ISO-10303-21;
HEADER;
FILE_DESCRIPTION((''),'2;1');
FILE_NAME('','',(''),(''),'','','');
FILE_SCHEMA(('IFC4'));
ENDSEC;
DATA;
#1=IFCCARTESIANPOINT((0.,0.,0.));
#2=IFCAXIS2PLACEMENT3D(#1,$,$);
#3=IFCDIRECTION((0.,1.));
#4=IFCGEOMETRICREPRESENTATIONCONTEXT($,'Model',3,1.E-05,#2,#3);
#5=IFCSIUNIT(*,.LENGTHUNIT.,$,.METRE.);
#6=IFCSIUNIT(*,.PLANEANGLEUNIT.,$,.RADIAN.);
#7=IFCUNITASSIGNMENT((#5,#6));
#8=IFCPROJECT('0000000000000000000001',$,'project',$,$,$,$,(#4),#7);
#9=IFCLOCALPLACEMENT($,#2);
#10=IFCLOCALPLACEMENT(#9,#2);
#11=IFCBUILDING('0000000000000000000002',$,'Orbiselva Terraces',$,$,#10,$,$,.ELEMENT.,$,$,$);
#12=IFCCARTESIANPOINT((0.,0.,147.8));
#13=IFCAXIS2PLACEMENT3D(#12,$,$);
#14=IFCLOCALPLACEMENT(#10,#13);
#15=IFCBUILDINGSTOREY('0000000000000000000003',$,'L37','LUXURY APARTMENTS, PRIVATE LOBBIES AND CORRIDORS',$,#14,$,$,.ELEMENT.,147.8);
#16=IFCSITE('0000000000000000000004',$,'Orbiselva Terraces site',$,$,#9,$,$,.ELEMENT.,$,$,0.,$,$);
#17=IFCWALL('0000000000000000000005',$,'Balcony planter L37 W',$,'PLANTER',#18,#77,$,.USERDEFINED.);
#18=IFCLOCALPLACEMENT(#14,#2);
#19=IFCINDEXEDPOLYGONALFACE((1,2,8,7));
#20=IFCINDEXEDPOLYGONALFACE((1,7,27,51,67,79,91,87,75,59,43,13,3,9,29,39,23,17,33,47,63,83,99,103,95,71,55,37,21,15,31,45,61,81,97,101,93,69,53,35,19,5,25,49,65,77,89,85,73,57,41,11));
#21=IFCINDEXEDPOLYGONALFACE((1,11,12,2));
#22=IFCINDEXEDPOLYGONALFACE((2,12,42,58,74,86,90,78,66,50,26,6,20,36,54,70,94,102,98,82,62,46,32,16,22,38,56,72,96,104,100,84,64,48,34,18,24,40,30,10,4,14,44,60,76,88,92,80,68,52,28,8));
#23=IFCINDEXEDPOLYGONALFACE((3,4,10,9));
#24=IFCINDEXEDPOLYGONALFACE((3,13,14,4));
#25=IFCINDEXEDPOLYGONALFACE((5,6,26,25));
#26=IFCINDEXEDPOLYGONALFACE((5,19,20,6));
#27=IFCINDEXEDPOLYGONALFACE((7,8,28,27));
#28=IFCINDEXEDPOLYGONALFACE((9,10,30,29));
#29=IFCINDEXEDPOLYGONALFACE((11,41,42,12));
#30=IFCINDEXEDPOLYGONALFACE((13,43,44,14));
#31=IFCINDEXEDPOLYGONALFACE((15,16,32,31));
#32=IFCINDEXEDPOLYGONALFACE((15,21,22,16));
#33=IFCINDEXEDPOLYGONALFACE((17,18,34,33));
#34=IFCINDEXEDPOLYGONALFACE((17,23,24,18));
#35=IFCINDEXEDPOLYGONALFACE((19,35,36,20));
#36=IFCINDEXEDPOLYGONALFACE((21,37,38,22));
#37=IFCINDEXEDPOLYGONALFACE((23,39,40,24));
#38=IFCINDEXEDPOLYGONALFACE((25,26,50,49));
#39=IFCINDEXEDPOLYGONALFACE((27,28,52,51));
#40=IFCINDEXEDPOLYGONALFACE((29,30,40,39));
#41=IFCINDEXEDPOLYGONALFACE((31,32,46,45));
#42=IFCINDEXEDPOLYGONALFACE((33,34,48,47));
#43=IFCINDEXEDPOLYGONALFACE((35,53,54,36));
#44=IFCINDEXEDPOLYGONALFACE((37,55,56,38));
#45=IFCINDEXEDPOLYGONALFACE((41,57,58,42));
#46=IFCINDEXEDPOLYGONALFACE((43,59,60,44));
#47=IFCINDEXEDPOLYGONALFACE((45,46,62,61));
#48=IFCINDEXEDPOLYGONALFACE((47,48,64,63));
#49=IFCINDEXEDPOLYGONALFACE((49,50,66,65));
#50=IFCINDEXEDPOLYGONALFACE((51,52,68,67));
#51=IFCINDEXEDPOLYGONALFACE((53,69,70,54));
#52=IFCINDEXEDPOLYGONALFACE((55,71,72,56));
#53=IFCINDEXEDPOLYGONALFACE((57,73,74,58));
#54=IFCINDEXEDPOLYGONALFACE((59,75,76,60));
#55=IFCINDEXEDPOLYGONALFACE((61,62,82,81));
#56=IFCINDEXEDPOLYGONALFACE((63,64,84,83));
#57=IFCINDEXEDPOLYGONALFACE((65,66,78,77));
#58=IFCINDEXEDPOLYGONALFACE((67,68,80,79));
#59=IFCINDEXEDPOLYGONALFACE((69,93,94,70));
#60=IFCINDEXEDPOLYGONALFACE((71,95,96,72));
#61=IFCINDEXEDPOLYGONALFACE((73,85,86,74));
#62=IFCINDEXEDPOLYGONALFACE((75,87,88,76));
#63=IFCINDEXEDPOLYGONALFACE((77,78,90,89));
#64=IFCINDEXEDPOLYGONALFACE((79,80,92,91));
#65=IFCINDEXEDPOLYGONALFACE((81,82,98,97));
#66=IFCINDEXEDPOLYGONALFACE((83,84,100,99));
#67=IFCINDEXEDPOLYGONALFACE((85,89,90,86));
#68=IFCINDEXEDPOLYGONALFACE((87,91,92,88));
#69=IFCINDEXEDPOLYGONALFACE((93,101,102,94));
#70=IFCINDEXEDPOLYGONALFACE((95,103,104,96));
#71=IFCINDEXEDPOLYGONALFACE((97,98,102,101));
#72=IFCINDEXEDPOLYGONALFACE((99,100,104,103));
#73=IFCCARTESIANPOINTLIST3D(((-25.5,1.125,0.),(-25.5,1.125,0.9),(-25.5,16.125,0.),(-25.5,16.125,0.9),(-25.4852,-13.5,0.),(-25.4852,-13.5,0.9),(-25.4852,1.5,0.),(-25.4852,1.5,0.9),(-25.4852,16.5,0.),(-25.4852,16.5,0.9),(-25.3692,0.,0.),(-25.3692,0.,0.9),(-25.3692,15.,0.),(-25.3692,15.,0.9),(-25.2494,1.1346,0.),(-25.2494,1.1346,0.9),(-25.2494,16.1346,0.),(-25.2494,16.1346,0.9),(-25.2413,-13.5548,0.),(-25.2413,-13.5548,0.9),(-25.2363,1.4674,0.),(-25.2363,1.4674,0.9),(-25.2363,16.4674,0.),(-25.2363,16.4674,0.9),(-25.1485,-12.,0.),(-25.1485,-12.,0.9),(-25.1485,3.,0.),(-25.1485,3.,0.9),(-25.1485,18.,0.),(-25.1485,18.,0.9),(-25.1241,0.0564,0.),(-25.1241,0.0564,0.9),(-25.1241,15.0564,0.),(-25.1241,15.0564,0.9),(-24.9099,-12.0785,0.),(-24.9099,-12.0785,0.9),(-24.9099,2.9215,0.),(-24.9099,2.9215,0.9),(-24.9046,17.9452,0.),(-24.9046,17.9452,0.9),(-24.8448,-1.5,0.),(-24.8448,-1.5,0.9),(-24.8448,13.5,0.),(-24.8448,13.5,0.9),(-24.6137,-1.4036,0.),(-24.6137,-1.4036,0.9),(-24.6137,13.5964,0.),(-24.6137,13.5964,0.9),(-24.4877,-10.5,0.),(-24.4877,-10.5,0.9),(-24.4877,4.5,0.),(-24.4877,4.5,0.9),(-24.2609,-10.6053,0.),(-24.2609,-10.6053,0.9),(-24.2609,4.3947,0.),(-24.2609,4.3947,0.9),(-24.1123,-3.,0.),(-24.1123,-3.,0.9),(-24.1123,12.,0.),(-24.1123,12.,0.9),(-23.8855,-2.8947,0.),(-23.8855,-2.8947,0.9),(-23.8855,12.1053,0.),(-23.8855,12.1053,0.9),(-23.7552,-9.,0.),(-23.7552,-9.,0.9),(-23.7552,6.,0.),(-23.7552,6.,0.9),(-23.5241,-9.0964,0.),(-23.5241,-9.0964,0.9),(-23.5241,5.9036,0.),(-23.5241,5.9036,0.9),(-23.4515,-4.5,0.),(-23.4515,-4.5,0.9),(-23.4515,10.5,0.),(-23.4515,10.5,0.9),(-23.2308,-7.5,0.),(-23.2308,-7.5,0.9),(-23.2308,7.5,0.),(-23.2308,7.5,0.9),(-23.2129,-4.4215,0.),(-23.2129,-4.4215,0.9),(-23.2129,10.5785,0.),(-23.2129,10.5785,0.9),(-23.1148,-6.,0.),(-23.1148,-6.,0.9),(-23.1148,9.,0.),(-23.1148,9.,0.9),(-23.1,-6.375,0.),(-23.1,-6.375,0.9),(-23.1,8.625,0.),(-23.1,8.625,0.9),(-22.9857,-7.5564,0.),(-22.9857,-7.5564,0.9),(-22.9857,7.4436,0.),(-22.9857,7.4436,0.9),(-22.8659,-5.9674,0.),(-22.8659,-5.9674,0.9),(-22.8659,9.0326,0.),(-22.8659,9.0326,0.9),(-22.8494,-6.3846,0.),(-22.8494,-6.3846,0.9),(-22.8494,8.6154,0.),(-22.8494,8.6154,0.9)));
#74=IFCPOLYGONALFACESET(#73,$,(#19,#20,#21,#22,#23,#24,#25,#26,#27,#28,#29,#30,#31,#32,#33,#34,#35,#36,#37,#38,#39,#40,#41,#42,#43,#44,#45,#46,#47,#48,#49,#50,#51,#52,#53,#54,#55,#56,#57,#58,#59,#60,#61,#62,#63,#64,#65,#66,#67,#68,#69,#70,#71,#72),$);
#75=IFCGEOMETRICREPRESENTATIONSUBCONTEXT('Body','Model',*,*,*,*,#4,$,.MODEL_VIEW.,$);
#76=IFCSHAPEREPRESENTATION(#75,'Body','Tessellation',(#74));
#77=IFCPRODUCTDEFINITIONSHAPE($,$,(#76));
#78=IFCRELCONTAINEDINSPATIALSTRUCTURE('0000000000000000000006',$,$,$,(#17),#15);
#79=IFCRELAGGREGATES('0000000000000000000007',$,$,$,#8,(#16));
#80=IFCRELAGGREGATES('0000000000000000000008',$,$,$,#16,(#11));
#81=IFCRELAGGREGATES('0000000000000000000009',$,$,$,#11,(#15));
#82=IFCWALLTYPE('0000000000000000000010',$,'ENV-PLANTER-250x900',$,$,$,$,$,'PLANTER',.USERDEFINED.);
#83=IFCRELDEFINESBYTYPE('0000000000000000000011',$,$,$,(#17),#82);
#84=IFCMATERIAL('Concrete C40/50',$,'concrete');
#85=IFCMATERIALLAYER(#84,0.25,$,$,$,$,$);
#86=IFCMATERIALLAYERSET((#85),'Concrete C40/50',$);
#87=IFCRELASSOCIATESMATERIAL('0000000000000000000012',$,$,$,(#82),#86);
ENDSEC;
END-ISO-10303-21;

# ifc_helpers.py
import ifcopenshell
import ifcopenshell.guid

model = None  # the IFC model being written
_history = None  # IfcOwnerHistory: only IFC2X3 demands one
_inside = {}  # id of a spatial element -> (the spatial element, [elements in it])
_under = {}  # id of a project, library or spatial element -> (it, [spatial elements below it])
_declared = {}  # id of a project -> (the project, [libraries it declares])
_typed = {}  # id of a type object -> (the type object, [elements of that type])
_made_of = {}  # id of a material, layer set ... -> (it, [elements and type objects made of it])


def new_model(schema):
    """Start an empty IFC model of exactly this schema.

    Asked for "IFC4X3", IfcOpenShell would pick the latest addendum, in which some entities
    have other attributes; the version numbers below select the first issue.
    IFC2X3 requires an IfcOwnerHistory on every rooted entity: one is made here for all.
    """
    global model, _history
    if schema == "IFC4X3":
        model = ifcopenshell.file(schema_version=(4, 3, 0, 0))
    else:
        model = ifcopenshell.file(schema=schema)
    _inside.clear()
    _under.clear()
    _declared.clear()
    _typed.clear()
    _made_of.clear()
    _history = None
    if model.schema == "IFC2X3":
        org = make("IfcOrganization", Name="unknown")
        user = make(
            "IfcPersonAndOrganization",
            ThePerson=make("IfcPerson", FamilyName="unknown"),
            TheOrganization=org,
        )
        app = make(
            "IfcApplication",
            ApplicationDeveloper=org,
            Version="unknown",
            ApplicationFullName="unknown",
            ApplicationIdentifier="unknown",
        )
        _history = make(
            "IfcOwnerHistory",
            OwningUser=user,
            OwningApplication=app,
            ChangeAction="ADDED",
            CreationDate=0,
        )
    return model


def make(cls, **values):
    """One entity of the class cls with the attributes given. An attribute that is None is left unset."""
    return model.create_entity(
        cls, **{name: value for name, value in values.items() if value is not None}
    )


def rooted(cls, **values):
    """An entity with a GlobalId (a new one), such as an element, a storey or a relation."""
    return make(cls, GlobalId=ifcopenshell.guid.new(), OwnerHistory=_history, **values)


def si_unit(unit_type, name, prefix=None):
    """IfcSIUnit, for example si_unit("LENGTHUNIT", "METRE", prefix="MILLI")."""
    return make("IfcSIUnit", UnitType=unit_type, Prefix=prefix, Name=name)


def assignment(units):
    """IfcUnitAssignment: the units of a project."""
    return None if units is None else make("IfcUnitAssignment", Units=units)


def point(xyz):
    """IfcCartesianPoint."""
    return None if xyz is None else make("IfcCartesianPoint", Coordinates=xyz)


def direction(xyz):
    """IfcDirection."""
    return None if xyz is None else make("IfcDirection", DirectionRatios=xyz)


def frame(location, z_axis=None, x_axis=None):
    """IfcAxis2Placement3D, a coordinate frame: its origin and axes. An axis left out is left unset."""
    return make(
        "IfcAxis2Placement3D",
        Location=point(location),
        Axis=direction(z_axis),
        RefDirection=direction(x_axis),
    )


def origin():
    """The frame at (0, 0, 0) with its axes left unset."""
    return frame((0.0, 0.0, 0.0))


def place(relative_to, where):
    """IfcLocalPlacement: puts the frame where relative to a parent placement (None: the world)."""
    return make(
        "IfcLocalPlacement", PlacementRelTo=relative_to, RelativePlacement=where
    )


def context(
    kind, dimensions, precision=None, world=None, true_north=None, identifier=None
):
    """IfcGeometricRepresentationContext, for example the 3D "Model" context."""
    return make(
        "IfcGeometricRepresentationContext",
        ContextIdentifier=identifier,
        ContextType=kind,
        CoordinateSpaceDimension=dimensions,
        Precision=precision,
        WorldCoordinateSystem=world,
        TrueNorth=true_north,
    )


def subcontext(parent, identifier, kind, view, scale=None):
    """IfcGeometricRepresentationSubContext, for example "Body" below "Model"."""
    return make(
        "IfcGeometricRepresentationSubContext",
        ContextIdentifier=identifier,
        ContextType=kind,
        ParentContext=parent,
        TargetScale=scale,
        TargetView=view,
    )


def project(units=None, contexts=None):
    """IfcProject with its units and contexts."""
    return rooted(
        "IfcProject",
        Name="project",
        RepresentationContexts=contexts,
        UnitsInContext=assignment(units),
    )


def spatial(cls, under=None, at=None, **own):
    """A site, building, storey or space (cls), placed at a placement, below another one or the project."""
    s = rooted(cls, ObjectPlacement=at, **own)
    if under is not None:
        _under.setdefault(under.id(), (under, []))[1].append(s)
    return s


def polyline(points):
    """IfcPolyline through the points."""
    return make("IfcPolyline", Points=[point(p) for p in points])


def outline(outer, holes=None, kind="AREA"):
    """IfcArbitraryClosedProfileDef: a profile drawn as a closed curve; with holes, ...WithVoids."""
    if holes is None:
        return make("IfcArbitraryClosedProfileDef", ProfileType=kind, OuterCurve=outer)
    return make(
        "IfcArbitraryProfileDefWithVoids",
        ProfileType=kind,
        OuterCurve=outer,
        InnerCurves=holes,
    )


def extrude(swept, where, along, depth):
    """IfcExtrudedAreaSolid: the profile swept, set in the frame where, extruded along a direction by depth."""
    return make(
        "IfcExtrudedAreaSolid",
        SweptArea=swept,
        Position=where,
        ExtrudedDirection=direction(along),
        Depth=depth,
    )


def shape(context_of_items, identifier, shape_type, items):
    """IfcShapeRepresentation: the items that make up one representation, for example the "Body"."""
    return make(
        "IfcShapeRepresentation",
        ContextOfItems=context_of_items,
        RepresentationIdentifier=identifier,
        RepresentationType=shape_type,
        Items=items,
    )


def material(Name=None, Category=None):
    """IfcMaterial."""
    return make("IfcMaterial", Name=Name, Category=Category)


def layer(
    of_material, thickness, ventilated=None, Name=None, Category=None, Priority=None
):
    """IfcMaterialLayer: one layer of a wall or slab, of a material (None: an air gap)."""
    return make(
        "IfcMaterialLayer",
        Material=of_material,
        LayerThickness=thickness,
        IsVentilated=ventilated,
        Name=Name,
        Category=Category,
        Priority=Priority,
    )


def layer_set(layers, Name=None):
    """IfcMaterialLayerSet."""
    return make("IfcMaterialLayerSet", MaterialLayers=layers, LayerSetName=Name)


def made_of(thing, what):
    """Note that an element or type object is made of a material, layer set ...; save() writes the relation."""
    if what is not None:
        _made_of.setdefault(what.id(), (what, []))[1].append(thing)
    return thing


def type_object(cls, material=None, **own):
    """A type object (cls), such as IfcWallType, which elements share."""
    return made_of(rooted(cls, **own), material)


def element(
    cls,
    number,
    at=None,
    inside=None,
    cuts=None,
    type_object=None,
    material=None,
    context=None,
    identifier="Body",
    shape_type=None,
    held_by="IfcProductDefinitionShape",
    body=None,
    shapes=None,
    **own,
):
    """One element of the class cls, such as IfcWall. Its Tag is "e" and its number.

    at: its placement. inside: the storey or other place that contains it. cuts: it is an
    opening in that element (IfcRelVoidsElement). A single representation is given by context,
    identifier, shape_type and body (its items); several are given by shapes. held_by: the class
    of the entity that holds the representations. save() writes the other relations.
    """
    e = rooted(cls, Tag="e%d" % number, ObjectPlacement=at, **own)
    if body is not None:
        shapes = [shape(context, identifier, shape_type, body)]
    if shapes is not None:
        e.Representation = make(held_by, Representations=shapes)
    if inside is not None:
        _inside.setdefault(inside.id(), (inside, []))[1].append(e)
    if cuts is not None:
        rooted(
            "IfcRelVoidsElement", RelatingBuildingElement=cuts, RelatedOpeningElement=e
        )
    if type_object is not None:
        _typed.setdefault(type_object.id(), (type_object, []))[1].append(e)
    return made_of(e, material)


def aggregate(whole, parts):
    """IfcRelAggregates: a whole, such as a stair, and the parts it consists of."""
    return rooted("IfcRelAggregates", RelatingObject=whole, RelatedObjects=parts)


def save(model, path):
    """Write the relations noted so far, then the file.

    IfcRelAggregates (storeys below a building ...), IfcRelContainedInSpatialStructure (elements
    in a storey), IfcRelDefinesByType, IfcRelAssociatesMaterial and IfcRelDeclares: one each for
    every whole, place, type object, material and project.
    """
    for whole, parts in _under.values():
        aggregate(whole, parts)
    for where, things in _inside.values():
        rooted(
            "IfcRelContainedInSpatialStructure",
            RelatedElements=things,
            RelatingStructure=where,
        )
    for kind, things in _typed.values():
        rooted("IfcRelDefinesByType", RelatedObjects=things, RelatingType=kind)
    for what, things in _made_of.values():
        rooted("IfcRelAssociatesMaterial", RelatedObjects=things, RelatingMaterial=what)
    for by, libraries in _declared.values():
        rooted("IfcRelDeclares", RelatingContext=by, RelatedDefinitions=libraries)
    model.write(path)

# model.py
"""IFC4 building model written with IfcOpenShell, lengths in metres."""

from ifc_helpers import new_model, si_unit, direction, frame, origin, place, context, subcontext, project, spatial, polyline, outline, extrude, material, layer, layer_set, type_object, element, save


model = new_model("IFC4")

# Units and contexts
model_context = context("Model", 3, precision=1e-05, world=origin(), true_north=direction((0.0, 1.0)))
body_context = subcontext(model_context, "Body", "Model", "MODEL_VIEW")
ifc_project = project(units=[si_unit("LENGTHUNIT", "METRE"), si_unit("PLANEANGLEUNIT", "RADIAN")], contexts=[model_context])

# Site, building, storey
site_placement = place(None, origin())
site = spatial("IfcSite", under=ifc_project, at=site_placement, Name="Orbiselva Terraces site", CompositionType="ELEMENT", RefElevation=0.0)
building_placement = place(site_placement, origin())
building = spatial("IfcBuilding", under=site, at=building_placement, Name="Orbiselva Terraces", CompositionType="ELEMENT")
storey_placement = place(building_placement, frame((0.0, 0.0, 147.8)))
storey = spatial("IfcBuildingStorey", under=building, at=storey_placement, Name="L37", Description="LUXURY APARTMENTS, PRIVATE LOBBIES AND CORRIDORS", CompositionType="ELEMENT", Elevation=147.8)

# Shared definitions
ifc_material_1 = material(Name="Concrete C40/50", Category="concrete")

# Wall
ifc_layer_1 = layer(ifc_material_1, 0.25)
ifc_layer_set_1 = layer_set([ifc_layer_1], Name="Concrete C40/50")
wall_type = type_object("IfcWallType", Name="ENV-PLANTER-250x900", ElementType="PLANTER", PredefinedType="USERDEFINED", material=ifc_layer_set_1)
wall_1_placement = place(storey_placement, origin())
element("IfcWall", 1, at=wall_1_placement, inside=storey, type_object=wall_type, Name="Balcony planter L37 W", ObjectType="PLANTER", PredefinedType="USERDEFINED", context=body_context, shape_type="SweptSolid", body=[
    extrude(outline(polyline([(-25.1485, 18.0), (-25.4852, 16.5), (-25.5, 16.125), (-25.3692, 15.0), (-24.8448, 13.5), (-24.1123, 12.0), (-23.4515, 10.5), (-23.1148, 9.0), (-23.1, 8.625), (-23.2308, 7.5), (-23.7552, 6.0), (-24.4877, 4.5), (-25.1485, 3.0), (-25.4852, 1.5), (-25.5, 1.125), (-25.3692, 0.0), (-24.8448, -1.5), (-24.1123, -3.0), (-23.4515, -4.5), (-23.1148, -6.0), (-23.1, -6.375), (-23.2308, -7.5), (-23.7552, -9.0), (-24.4877, -10.5), (-25.1485, -12.0), (-25.4852, -13.5), (-25.2413, -13.5548), (-24.9099, -12.0785), (-24.2609, -10.6053), (-23.5241, -9.0964), (-22.9857, -7.5564), (-22.8494, -6.3846), (-22.8659, -5.9674), (-23.2129, -4.4215), (-23.8855, -2.8947), (-24.6137, -1.4036), (-25.1241, 0.0564), (-25.2494, 1.1346), (-25.2363, 1.4674), (-24.9099, 2.9215), (-24.2609, 4.3947), (-23.5241, 5.9036), (-22.9857, 7.4436), (-22.8494, 8.6154), (-22.8659, 9.0326), (-23.2129, 10.5785), (-23.8855, 12.1053), (-24.6137, 13.5964), (-25.1241, 15.0564), (-25.2494, 16.1346), (-25.2363, 16.4674), (-24.9046, 17.9452), (-25.1485, 18.0)])), origin(), (0.0, 0.0, 1.0), 0.9),
])

save(model, "model.ifc")
